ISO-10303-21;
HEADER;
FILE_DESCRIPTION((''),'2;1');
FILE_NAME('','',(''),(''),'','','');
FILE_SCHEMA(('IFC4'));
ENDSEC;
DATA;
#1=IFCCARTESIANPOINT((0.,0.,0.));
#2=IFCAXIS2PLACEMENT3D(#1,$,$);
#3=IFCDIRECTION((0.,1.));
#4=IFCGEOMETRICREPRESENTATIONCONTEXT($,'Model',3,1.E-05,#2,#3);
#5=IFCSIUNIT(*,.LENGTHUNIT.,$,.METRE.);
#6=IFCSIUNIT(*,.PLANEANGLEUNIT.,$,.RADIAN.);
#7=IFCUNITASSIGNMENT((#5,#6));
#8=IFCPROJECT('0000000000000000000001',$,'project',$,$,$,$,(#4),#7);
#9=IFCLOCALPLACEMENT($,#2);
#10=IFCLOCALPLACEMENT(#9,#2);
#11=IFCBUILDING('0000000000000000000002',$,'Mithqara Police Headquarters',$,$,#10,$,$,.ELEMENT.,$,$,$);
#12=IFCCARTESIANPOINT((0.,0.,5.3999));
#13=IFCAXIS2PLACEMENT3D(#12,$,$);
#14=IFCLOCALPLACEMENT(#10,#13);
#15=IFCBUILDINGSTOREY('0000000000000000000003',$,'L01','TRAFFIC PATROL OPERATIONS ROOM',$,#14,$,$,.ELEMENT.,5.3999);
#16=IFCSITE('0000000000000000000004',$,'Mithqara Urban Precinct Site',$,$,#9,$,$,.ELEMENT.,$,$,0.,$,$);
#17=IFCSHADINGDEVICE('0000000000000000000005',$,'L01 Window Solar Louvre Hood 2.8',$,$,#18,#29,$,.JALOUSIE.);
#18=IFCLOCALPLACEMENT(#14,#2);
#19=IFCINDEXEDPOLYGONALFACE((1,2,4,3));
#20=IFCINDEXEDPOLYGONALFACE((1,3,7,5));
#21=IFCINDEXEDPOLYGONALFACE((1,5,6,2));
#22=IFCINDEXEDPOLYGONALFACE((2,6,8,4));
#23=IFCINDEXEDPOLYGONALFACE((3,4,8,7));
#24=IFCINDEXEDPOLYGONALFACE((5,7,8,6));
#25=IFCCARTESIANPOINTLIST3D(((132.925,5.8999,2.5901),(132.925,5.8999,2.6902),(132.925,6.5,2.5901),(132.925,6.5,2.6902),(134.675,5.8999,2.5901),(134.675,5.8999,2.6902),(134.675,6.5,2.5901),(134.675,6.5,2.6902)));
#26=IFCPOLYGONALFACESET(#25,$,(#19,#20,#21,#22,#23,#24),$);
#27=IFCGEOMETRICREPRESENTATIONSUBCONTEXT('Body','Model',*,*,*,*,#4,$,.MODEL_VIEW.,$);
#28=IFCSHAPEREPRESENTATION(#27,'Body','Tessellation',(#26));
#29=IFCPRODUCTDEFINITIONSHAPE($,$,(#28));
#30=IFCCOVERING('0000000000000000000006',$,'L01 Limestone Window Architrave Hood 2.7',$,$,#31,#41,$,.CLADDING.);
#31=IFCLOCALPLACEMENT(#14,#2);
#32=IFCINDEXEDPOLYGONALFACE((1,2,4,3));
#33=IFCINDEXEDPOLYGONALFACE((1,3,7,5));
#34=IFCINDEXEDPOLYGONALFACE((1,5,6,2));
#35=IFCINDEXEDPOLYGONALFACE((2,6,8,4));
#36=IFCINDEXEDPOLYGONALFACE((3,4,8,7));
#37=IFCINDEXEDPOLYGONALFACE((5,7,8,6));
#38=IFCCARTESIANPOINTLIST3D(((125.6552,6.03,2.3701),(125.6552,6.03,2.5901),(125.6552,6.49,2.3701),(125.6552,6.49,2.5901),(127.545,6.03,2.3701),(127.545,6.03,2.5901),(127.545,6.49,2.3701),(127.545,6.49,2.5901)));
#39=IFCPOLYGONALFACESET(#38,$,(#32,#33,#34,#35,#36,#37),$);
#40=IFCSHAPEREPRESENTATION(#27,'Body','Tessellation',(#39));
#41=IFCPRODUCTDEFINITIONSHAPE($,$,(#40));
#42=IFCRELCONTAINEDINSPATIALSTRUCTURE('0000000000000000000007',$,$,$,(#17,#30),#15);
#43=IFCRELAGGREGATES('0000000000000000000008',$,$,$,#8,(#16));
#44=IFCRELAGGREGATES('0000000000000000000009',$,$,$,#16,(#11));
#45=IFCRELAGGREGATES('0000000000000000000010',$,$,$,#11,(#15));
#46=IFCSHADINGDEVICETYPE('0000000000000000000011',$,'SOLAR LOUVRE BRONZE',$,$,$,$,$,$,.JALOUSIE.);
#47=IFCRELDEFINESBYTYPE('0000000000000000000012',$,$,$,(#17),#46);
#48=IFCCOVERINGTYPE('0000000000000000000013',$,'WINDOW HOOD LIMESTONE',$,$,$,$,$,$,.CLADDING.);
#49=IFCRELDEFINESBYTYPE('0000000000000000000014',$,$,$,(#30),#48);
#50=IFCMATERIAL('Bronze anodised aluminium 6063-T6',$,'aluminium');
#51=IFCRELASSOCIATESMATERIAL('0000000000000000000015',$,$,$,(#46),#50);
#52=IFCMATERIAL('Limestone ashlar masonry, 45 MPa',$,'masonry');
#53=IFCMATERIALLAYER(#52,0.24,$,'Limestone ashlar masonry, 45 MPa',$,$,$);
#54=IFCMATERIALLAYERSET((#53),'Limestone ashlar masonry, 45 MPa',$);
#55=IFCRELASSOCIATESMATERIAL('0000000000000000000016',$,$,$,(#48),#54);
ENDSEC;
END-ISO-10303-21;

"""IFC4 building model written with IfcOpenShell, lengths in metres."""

from ifc_helpers import new_model, si_unit, direction, frame, origin, origin_2d, place, context, subcontext, project, spatial, rectangle, extrude, material, layer, layer_set, type_object, element, save


model = new_model("IFC4")

# Units and contexts
model_context = context("Model", 3, precision=1e-05, world=origin(), true_north=direction((0.0, 1.0)))
body_context = subcontext(model_context, "Body", "Model", "MODEL_VIEW")
ifc_project = project(units=[si_unit("LENGTHUNIT", "METRE"), si_unit("PLANEANGLEUNIT", "RADIAN")], contexts=[model_context])

# Site, building, storey
site_placement = place(None, origin())
site = spatial("IfcSite", under=ifc_project, at=site_placement, Name="Mithqara Urban Precinct Site", CompositionType="ELEMENT", RefElevation=0.0)
building_placement = place(site_placement, origin())
building = spatial("IfcBuilding", under=site, at=building_placement, Name="Mithqara Police Headquarters", CompositionType="ELEMENT")
storey_placement = place(building_placement, frame((0.0, 0.0, 5.3999)))
storey = spatial("IfcBuildingStorey", under=building, at=storey_placement, Name="L01", Description="TRAFFIC PATROL OPERATIONS ROOM", CompositionType="ELEMENT", Elevation=5.3999)

# Shared definitions
ifc_material_1 = material(Name="Bronze anodised aluminium 6063-T6", Category="aluminium")

# Shading device
shading_device_type = type_object("IfcShadingDeviceType", Name="SOLAR LOUVRE BRONZE", PredefinedType="JALOUSIE", material=ifc_material_1)
shading_device_placement = place(storey_placement, frame((133.8, 6.2, 2.5901), z_axis=(0.0, 0.0, 1.0), x_axis=(1.0, 0.0, 0.0)))
element("IfcShadingDevice", 1, at=shading_device_placement, inside=storey, type_object=shading_device_type, Name="L01 Window Solar Louvre Hood 2.8", PredefinedType="JALOUSIE", context=body_context, shape_type="SweptSolid", body=[
    extrude(rectangle(XDim=1.75, YDim=0.6001, at=origin_2d()), origin(), (0.0, 0.0, 1.0), 0.1001),
])

# Covering
ifc_material_2 = material(Name="Limestone ashlar masonry, 45 MPa", Category="masonry")
ifc_layer_1 = layer(ifc_material_2, 0.24, Name="Limestone ashlar masonry, 45 MPa")
ifc_layer_set_1 = layer_set([ifc_layer_1], Name="Limestone ashlar masonry, 45 MPa")
covering_type = type_object("IfcCoveringType", Name="WINDOW HOOD LIMESTONE", PredefinedType="CLADDING", material=ifc_layer_set_1)
covering_placement = place(storey_placement, frame((126.6001, 6.26, 2.3701), z_axis=(0.0, 0.0, 1.0), x_axis=(1.0, 0.0, 0.0)))
element("IfcCovering", 2, at=covering_placement, inside=storey, type_object=covering_type, Name="L01 Limestone Window Architrave Hood 2.7", PredefinedType="CLADDING", context=body_context, shape_type="SweptSolid", body=[
    extrude(rectangle(XDim=1.8899, YDim=0.46, at=origin_2d()), origin(), (0.0, 0.0, 1.0), 0.22),
])

save(model, "model.ifc")
